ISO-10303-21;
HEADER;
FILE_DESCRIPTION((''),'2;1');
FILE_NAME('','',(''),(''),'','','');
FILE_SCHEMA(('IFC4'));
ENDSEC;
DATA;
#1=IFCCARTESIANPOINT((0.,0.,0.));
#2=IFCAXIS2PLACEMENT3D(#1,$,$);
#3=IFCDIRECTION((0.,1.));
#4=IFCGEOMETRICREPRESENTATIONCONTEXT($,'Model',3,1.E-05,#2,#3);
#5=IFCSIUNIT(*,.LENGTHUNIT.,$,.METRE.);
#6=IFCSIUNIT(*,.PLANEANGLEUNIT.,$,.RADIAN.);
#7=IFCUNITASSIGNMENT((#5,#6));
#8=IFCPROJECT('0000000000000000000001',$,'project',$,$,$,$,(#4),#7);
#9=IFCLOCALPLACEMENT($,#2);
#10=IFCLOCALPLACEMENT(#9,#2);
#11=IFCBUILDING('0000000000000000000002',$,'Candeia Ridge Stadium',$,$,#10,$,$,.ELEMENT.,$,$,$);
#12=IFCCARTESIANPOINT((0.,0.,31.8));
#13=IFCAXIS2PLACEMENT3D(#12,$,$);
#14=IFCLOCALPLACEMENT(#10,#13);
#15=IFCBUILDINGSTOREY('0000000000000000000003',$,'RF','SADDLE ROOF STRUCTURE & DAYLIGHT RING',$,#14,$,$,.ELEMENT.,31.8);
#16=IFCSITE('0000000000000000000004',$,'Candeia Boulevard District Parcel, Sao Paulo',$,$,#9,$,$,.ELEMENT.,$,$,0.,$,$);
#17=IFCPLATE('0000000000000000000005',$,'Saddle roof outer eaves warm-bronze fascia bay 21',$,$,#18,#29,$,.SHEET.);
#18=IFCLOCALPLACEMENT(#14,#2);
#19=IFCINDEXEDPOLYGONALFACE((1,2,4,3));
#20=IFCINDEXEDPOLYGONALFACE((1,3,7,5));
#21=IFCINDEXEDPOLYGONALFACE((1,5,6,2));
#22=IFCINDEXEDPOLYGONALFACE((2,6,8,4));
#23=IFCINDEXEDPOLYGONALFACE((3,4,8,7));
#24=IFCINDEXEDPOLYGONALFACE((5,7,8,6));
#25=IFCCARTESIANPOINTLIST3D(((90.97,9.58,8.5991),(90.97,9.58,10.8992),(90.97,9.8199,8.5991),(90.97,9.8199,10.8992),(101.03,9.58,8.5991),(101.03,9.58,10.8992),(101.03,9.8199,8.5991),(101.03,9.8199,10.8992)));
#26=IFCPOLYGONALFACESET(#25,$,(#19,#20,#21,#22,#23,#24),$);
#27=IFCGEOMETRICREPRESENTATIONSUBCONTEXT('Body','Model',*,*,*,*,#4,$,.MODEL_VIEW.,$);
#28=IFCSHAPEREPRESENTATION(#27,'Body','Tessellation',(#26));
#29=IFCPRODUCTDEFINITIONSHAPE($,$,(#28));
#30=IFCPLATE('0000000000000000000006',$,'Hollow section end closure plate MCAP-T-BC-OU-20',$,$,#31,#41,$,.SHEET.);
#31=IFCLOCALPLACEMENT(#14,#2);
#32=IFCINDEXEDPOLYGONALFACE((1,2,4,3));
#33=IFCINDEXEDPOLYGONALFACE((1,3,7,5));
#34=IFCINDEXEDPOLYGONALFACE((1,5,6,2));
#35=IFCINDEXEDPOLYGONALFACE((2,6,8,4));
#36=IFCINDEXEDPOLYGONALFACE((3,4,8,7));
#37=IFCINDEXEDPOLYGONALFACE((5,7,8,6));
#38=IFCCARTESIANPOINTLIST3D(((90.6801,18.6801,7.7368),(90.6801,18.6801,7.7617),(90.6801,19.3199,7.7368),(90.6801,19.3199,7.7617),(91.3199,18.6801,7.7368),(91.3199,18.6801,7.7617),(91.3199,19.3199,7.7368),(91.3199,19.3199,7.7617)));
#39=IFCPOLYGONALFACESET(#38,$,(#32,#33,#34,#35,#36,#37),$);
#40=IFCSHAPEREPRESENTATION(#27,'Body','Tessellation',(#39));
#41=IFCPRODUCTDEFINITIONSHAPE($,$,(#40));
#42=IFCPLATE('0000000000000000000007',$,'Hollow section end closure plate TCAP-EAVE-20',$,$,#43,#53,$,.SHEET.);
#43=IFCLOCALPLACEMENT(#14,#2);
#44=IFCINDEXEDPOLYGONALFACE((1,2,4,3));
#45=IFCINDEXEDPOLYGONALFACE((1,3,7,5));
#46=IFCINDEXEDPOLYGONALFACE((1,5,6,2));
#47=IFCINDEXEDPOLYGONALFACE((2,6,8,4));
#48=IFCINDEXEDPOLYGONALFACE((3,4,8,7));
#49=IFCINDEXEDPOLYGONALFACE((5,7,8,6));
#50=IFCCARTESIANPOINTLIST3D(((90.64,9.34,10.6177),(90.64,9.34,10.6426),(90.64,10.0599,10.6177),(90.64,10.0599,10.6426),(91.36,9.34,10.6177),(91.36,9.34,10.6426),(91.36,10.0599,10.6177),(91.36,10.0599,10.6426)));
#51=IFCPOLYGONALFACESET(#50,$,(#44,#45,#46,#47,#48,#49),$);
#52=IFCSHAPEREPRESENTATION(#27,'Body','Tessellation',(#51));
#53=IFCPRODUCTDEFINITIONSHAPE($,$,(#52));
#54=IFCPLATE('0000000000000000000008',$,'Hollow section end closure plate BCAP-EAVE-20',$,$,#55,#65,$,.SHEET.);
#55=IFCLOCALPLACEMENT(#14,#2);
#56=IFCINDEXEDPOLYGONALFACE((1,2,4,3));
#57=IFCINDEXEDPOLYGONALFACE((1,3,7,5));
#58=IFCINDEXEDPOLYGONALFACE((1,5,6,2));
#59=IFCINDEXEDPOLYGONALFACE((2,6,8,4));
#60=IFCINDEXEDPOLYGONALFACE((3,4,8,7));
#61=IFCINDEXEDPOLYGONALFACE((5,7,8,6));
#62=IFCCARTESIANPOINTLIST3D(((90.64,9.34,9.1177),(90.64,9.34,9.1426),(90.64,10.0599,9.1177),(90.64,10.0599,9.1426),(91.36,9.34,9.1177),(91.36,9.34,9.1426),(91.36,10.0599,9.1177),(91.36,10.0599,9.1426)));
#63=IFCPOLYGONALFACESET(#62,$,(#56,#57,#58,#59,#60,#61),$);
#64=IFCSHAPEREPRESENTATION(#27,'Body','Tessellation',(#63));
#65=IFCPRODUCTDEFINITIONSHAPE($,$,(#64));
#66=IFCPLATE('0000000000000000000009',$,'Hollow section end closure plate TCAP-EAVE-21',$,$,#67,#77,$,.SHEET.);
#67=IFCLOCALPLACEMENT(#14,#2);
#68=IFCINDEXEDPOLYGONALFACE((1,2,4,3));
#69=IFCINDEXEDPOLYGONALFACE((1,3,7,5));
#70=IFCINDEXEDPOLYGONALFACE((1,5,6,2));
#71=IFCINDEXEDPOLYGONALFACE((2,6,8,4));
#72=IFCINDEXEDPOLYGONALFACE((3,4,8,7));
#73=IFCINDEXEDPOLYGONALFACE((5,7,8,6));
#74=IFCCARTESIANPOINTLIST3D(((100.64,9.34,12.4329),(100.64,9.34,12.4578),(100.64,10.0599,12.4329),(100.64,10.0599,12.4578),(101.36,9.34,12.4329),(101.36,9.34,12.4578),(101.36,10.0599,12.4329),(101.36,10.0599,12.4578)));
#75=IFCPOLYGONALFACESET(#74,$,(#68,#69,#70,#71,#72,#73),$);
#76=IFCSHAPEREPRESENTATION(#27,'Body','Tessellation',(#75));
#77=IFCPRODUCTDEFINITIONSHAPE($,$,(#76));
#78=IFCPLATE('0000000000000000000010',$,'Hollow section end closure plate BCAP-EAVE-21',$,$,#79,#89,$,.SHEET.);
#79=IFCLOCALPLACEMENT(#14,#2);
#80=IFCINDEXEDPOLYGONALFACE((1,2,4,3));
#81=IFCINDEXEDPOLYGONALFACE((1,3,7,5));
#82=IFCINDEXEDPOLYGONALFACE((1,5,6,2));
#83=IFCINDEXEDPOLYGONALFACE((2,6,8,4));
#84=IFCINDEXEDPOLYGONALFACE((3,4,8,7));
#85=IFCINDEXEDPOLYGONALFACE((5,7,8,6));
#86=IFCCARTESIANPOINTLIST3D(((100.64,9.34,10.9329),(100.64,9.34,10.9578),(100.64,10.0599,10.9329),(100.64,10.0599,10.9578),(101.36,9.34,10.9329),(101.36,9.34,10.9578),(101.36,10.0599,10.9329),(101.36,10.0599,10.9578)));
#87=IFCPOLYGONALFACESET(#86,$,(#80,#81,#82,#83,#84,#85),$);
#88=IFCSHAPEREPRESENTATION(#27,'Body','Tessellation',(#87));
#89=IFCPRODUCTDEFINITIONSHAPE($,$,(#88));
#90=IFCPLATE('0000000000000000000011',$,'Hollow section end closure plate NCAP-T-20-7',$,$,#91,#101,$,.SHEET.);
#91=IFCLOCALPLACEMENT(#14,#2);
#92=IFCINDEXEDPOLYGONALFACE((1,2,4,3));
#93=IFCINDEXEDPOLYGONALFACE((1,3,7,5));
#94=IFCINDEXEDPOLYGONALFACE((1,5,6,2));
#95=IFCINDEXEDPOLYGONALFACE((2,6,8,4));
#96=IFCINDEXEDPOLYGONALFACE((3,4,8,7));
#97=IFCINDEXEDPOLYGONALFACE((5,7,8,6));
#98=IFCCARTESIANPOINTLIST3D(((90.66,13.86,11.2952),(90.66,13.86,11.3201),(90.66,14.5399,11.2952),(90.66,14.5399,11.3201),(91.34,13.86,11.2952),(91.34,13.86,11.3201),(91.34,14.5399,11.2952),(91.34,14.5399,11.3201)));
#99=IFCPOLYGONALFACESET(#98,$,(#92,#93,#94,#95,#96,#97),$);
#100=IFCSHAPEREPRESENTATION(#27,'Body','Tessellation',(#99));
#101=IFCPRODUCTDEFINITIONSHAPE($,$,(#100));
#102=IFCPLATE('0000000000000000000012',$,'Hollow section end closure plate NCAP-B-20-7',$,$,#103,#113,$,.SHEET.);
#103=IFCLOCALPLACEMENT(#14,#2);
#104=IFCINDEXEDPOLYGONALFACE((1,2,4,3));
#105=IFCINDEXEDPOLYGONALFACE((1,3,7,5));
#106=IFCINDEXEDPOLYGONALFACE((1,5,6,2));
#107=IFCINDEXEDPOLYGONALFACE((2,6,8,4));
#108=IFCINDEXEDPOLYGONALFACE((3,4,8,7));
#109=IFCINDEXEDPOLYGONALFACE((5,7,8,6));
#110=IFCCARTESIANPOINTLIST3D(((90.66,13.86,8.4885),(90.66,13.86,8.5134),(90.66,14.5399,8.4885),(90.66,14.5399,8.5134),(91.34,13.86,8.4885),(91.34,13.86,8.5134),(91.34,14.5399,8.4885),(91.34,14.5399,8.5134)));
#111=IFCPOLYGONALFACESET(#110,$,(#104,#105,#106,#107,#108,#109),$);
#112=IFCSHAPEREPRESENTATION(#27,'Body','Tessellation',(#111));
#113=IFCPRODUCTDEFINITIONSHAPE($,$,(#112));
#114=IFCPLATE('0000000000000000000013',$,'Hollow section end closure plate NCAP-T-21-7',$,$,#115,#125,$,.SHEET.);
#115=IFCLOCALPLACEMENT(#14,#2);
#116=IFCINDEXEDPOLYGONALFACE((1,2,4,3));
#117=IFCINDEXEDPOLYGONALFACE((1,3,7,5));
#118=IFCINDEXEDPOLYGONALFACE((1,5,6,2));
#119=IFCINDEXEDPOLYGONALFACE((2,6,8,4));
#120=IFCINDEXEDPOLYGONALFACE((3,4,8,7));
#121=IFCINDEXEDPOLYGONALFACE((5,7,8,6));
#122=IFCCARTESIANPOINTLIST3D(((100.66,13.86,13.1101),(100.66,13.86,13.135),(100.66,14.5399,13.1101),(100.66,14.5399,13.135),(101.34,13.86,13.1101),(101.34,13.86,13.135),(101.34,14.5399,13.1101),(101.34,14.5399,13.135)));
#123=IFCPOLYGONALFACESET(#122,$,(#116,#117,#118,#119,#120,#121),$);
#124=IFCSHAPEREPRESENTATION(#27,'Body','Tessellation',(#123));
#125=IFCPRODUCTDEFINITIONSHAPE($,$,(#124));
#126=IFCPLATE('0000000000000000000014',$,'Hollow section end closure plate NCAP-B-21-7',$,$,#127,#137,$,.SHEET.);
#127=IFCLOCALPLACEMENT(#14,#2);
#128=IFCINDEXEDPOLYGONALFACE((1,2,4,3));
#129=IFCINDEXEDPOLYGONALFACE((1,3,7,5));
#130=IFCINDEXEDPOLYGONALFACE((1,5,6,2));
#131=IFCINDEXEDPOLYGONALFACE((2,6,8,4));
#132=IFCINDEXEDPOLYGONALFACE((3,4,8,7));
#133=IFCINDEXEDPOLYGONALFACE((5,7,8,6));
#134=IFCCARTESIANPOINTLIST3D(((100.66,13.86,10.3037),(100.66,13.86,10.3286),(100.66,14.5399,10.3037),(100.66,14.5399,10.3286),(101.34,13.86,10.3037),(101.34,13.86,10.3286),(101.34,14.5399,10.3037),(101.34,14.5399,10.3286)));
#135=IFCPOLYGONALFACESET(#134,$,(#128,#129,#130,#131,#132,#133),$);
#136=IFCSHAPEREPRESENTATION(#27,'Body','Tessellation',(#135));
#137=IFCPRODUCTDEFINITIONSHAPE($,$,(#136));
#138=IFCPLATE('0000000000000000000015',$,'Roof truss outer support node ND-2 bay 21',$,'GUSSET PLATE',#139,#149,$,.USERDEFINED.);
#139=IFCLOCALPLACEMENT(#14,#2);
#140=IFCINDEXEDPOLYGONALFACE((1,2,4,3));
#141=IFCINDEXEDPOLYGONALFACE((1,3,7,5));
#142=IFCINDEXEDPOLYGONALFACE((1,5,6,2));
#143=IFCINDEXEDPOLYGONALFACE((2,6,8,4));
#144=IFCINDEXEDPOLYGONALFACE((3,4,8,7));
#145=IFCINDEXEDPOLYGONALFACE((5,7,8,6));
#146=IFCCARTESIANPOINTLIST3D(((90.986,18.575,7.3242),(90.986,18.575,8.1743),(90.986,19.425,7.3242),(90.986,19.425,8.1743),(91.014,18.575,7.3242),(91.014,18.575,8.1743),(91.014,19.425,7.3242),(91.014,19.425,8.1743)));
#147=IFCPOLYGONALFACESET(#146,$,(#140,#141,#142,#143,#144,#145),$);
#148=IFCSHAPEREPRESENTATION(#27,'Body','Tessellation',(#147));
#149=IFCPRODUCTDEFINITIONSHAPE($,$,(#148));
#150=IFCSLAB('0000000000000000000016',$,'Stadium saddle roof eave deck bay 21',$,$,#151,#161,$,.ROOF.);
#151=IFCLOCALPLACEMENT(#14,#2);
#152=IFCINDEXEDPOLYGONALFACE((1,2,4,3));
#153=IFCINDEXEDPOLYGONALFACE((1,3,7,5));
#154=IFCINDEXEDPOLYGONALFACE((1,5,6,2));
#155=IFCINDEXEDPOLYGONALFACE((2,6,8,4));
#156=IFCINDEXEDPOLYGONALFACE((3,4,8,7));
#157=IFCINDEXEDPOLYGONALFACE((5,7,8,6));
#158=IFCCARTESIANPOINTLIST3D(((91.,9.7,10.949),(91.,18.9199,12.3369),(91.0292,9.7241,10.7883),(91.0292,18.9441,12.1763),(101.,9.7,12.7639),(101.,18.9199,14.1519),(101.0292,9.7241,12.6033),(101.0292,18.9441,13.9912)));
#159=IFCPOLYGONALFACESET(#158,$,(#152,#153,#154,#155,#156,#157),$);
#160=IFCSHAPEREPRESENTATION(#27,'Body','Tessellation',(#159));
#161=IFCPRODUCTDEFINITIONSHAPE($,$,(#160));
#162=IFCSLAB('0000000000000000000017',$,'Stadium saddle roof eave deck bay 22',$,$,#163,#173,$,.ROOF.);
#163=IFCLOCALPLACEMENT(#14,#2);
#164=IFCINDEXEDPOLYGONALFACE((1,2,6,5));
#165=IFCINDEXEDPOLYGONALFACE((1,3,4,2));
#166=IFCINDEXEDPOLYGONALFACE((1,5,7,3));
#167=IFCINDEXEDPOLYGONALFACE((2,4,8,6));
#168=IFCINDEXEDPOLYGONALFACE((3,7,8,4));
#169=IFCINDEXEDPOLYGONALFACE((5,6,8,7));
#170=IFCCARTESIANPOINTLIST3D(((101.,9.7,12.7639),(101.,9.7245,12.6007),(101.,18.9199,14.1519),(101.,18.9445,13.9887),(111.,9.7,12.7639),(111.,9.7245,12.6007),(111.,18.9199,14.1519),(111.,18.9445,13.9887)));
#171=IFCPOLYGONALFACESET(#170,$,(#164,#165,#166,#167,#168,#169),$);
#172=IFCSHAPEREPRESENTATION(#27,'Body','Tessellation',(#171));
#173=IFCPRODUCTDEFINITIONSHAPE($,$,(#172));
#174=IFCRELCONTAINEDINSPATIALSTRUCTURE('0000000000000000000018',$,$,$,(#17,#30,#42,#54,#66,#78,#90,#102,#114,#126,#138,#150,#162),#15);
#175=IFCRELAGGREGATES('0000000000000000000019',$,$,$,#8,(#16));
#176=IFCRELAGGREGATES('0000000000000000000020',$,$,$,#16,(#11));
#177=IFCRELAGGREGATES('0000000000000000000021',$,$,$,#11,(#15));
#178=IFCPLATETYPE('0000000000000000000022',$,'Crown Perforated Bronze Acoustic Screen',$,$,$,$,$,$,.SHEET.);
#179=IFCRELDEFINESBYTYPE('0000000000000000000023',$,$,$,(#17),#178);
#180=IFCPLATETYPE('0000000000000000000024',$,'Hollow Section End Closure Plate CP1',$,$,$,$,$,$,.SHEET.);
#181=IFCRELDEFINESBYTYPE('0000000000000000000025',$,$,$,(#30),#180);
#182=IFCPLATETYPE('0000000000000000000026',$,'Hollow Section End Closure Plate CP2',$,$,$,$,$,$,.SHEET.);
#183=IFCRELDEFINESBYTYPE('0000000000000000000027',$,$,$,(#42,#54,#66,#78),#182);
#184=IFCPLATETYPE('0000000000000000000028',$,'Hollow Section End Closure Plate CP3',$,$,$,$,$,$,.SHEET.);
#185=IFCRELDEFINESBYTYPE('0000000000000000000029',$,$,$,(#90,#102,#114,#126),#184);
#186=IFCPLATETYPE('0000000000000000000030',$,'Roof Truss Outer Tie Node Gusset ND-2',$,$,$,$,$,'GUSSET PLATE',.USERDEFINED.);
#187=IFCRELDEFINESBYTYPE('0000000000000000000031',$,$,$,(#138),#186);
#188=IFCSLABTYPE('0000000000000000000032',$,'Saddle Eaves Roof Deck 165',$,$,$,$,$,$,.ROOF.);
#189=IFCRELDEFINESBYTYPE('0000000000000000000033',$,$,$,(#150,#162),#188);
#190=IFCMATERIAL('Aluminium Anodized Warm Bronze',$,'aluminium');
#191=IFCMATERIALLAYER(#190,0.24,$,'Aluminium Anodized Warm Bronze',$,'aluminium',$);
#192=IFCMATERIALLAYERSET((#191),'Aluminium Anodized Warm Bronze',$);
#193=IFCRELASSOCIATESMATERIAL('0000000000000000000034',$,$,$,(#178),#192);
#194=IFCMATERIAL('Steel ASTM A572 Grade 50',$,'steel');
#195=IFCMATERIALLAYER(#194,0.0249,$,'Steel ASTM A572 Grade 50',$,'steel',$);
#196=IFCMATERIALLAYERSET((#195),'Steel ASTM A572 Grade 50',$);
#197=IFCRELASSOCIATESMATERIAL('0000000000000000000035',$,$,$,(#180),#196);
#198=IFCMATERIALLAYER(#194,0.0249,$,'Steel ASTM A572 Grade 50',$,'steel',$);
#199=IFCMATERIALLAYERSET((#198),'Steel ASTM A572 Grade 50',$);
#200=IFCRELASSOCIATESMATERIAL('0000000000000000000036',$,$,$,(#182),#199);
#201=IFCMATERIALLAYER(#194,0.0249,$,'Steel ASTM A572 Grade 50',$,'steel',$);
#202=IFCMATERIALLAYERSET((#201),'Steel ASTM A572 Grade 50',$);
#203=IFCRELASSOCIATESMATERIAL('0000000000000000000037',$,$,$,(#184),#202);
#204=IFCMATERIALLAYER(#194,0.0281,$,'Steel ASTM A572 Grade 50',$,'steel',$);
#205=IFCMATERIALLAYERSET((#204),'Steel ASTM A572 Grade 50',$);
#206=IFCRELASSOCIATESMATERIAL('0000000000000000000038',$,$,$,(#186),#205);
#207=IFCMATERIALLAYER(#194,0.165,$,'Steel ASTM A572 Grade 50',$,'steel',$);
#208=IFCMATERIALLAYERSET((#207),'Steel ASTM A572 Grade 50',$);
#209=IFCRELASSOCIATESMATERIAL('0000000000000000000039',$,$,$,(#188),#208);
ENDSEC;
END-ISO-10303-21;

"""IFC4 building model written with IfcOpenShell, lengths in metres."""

from ifc_helpers import new_model, si_unit, direction, frame, origin, origin_2d, place, context, subcontext, project, spatial, polyline, rectangle, outline, extrude, material, layer, layer_set, type_object, element, save


model = new_model("IFC4")

# Units and contexts
model_context = context("Model", 3, precision=1e-05, world=origin(), true_north=direction((0.0, 1.0)))
body_context = subcontext(model_context, "Body", "Model", "MODEL_VIEW")
ifc_project = project(units=[si_unit("LENGTHUNIT", "METRE"), si_unit("PLANEANGLEUNIT", "RADIAN")], contexts=[model_context])

# Site, building, storey
site_placement = place(None, origin())
site = spatial("IfcSite", under=ifc_project, at=site_placement, Name="Candeia Boulevard District Parcel, Sao Paulo", CompositionType="ELEMENT", RefElevation=0.0)
building_placement = place(site_placement, origin())
building = spatial("IfcBuilding", under=site, at=building_placement, Name="Candeia Ridge Stadium", CompositionType="ELEMENT")
storey_placement = place(building_placement, frame((0.0, 0.0, 31.8)))
storey = spatial("IfcBuildingStorey", under=building, at=storey_placement, Name="RF", Description="SADDLE ROOF STRUCTURE & DAYLIGHT RING", CompositionType="ELEMENT", Elevation=31.8)

# Shared definitions
ifc_material_1 = material(Name="Steel ASTM A572 Grade 50", Category="steel")

# Plates
ifc_material_2 = material(Name="Aluminium Anodized Warm Bronze", Category="aluminium")
ifc_layer_1 = layer(ifc_material_2, 0.24, Name="Aluminium Anodized Warm Bronze", Category="aluminium")
ifc_layer_set_1 = layer_set([ifc_layer_1], Name="Aluminium Anodized Warm Bronze")
plate_type_1 = type_object("IfcPlateType", Name="Crown Perforated Bronze Acoustic Screen", PredefinedType="SHEET", material=ifc_layer_set_1)
plate_1_placement = place(storey_placement, frame((96.0, 9.7, 8.5991), z_axis=(0.0, 0.0, 1.0), x_axis=(1.0, 0.0, 0.0)))
element("IfcPlate", 1, at=plate_1_placement, inside=storey, type_object=plate_type_1, Name="Saddle roof outer eaves warm-bronze fascia bay 21", PredefinedType="SHEET", context=body_context, shape_type="SweptSolid", body=[
    extrude(rectangle(XDim=10.0601, YDim=0.24, at=origin_2d()), origin(), (0.0, 0.0, 1.0), 2.3),
])
ifc_layer_2 = layer(ifc_material_1, 0.0249, Name="Steel ASTM A572 Grade 50", Category="steel")
ifc_layer_set_2 = layer_set([ifc_layer_2], Name="Steel ASTM A572 Grade 50")
plate_type_2 = type_object("IfcPlateType", Name="Hollow Section End Closure Plate CP1", PredefinedType="SHEET", material=ifc_layer_set_2)
plate_2_placement = place(storey_placement, frame((91.0, 19.0, 7.7368), z_axis=(0.0, 0.0, 1.0), x_axis=(1.0, 0.0, 0.0)))
element("IfcPlate", 2, at=plate_2_placement, inside=storey, type_object=plate_type_2, Name="Hollow section end closure plate MCAP-T-BC-OU-20", PredefinedType="SHEET", context=body_context, shape_type="SweptSolid", body=[
    extrude(rectangle(XDim=0.6399, YDim=0.6399, at=origin_2d()), origin(), (0.0, 0.0, 1.0), 0.0249),
])
ifc_layer_3 = layer(ifc_material_1, 0.0249, Name="Steel ASTM A572 Grade 50", Category="steel")
ifc_layer_set_3 = layer_set([ifc_layer_3], Name="Steel ASTM A572 Grade 50")
plate_type_3 = type_object("IfcPlateType", Name="Hollow Section End Closure Plate CP2", PredefinedType="SHEET", material=ifc_layer_set_3)
for number, where, z_axis, x_axis, name in (
    (3, (91.0, 9.7, 10.6177), (0.0, 0.0, 1.0), (1.0, 0.0, 0.0), "Hollow section end closure plate TCAP-EAVE-20"),
    (4, (91.0, 9.7, 9.1177), (0.0, 0.0, 1.0), (1.0, 0.0, 0.0), "Hollow section end closure plate BCAP-EAVE-20"),
    (5, (101.0, 9.7, 12.4329), (0.0, 0.0, 1.0), (1.0, 0.0, 0.0), "Hollow section end closure plate TCAP-EAVE-21"),
    (6, (101.0, 9.7, 10.9329), (0.0, 0.0, 1.0), (1.0, 0.0, 0.0), "Hollow section end closure plate BCAP-EAVE-21"),
):
    element("IfcPlate", number, at=place(storey_placement, frame(where, z_axis=z_axis, x_axis=x_axis)), inside=storey, type_object=plate_type_3, Name=name, PredefinedType="SHEET", context=body_context, shape_type="SweptSolid", body=[
        extrude(rectangle(XDim=0.72, YDim=0.72, at=origin_2d()), origin(), (0.0, 0.0, 1.0), 0.0249),
    ])
ifc_layer_4 = layer(ifc_material_1, 0.0249, Name="Steel ASTM A572 Grade 50", Category="steel")
ifc_layer_set_4 = layer_set([ifc_layer_4], Name="Steel ASTM A572 Grade 50")
plate_type_4 = type_object("IfcPlateType", Name="Hollow Section End Closure Plate CP3", PredefinedType="SHEET", material=ifc_layer_set_4)
for number, where, z_axis, x_axis, name in (
    (7, (91.0, 14.2, 11.2952), (0.0, 0.0, 1.0), (1.0, 0.0, 0.0), "Hollow section end closure plate NCAP-T-20-7"),
    (8, (91.0, 14.2, 8.4885), (0.0, 0.0, 1.0), (1.0, 0.0, 0.0), "Hollow section end closure plate NCAP-B-20-7"),
    (9, (101.0, 14.2, 13.1101), (0.0, 0.0, 1.0), (1.0, 0.0, 0.0), "Hollow section end closure plate NCAP-T-21-7"),
    (10, (101.0, 14.2, 10.3037), (0.0, 0.0, 1.0), (1.0, 0.0, 0.0), "Hollow section end closure plate NCAP-B-21-7"),
):
    element("IfcPlate", number, at=place(storey_placement, frame(where, z_axis=z_axis, x_axis=x_axis)), inside=storey, type_object=plate_type_4, Name=name, PredefinedType="SHEET", context=body_context, shape_type="SweptSolid", body=[
        extrude(rectangle(XDim=0.6799, YDim=0.6799, at=origin_2d()), origin(), (0.0, 0.0, 1.0), 0.0249),
    ])
ifc_layer_5 = layer(ifc_material_1, 0.0281, Name="Steel ASTM A572 Grade 50", Category="steel")
ifc_layer_set_5 = layer_set([ifc_layer_5], Name="Steel ASTM A572 Grade 50")
plate_type_5 = type_object("IfcPlateType", Name="Roof Truss Outer Tie Node Gusset ND-2", ElementType="GUSSET PLATE", PredefinedType="USERDEFINED", material=ifc_layer_set_5)
plate_3_placement = place(storey_placement, frame((91.0, 19.0, 7.3242), z_axis=(0.0, 0.0, 1.0), x_axis=(0.0, -1.0, 0.0)))
element("IfcPlate", 11, at=plate_3_placement, inside=storey, type_object=plate_type_5, Name="Roof truss outer support node ND-2 bay 21", ObjectType="GUSSET PLATE", PredefinedType="USERDEFINED", context=body_context, shape_type="SweptSolid", body=[
    extrude(rectangle(XDim=0.8501, YDim=0.0281, at=origin_2d()), origin(), (0.0, 0.0, 1.0), 0.8501),
])

# Slabs
ifc_layer_6 = layer(ifc_material_1, 0.165, Name="Steel ASTM A572 Grade 50", Category="steel")
ifc_layer_set_6 = layer_set([ifc_layer_6], Name="Steel ASTM A572 Grade 50")
slab_type = type_object("IfcSlabType", Name="Saddle Eaves Roof Deck 165", PredefinedType="ROOF", material=ifc_layer_set_6)
slab_1_placement = place(storey_placement, frame((91.0, 18.9199, 12.3369), z_axis=(-0.17665, -0.146518, 0.973307), x_axis=(0.983926, 0.0, 0.178577)))
element("IfcSlab", 12, at=slab_1_placement, inside=storey, type_object=slab_type, Name="Stadium saddle roof eave deck bay 21", PredefinedType="ROOF", context=body_context, shape_type="SweptSolid", body=[
    extrude(outline(polyline([(0.0, 0.0), (10.1634, 0.0), (9.9155, -9.3206), (-0.2479, -9.3206), (0.0, 0.0)])), origin(), (0.0, 0.0, -1.0), 0.165),
])
slab_2_placement = place(storey_placement, frame((101.0, 18.9199, 14.1519), z_axis=(0.0, -0.148859, 0.988858), x_axis=(1.0, 0.0, 0.0)))
element("IfcSlab", 13, at=slab_2_placement, inside=storey, type_object=slab_type, Name="Stadium saddle roof eave deck bay 22", PredefinedType="ROOF", context=body_context, shape_type="SweptSolid", body=[
    extrude(outline(polyline([(0.0, 0.0), (10.0, 0.0), (10.0, -9.3239), (0.0, -9.3239), (0.0, 0.0)])), origin(), (0.0, 0.0, -1.0), 0.165),
])

save(model, "model.ifc")
